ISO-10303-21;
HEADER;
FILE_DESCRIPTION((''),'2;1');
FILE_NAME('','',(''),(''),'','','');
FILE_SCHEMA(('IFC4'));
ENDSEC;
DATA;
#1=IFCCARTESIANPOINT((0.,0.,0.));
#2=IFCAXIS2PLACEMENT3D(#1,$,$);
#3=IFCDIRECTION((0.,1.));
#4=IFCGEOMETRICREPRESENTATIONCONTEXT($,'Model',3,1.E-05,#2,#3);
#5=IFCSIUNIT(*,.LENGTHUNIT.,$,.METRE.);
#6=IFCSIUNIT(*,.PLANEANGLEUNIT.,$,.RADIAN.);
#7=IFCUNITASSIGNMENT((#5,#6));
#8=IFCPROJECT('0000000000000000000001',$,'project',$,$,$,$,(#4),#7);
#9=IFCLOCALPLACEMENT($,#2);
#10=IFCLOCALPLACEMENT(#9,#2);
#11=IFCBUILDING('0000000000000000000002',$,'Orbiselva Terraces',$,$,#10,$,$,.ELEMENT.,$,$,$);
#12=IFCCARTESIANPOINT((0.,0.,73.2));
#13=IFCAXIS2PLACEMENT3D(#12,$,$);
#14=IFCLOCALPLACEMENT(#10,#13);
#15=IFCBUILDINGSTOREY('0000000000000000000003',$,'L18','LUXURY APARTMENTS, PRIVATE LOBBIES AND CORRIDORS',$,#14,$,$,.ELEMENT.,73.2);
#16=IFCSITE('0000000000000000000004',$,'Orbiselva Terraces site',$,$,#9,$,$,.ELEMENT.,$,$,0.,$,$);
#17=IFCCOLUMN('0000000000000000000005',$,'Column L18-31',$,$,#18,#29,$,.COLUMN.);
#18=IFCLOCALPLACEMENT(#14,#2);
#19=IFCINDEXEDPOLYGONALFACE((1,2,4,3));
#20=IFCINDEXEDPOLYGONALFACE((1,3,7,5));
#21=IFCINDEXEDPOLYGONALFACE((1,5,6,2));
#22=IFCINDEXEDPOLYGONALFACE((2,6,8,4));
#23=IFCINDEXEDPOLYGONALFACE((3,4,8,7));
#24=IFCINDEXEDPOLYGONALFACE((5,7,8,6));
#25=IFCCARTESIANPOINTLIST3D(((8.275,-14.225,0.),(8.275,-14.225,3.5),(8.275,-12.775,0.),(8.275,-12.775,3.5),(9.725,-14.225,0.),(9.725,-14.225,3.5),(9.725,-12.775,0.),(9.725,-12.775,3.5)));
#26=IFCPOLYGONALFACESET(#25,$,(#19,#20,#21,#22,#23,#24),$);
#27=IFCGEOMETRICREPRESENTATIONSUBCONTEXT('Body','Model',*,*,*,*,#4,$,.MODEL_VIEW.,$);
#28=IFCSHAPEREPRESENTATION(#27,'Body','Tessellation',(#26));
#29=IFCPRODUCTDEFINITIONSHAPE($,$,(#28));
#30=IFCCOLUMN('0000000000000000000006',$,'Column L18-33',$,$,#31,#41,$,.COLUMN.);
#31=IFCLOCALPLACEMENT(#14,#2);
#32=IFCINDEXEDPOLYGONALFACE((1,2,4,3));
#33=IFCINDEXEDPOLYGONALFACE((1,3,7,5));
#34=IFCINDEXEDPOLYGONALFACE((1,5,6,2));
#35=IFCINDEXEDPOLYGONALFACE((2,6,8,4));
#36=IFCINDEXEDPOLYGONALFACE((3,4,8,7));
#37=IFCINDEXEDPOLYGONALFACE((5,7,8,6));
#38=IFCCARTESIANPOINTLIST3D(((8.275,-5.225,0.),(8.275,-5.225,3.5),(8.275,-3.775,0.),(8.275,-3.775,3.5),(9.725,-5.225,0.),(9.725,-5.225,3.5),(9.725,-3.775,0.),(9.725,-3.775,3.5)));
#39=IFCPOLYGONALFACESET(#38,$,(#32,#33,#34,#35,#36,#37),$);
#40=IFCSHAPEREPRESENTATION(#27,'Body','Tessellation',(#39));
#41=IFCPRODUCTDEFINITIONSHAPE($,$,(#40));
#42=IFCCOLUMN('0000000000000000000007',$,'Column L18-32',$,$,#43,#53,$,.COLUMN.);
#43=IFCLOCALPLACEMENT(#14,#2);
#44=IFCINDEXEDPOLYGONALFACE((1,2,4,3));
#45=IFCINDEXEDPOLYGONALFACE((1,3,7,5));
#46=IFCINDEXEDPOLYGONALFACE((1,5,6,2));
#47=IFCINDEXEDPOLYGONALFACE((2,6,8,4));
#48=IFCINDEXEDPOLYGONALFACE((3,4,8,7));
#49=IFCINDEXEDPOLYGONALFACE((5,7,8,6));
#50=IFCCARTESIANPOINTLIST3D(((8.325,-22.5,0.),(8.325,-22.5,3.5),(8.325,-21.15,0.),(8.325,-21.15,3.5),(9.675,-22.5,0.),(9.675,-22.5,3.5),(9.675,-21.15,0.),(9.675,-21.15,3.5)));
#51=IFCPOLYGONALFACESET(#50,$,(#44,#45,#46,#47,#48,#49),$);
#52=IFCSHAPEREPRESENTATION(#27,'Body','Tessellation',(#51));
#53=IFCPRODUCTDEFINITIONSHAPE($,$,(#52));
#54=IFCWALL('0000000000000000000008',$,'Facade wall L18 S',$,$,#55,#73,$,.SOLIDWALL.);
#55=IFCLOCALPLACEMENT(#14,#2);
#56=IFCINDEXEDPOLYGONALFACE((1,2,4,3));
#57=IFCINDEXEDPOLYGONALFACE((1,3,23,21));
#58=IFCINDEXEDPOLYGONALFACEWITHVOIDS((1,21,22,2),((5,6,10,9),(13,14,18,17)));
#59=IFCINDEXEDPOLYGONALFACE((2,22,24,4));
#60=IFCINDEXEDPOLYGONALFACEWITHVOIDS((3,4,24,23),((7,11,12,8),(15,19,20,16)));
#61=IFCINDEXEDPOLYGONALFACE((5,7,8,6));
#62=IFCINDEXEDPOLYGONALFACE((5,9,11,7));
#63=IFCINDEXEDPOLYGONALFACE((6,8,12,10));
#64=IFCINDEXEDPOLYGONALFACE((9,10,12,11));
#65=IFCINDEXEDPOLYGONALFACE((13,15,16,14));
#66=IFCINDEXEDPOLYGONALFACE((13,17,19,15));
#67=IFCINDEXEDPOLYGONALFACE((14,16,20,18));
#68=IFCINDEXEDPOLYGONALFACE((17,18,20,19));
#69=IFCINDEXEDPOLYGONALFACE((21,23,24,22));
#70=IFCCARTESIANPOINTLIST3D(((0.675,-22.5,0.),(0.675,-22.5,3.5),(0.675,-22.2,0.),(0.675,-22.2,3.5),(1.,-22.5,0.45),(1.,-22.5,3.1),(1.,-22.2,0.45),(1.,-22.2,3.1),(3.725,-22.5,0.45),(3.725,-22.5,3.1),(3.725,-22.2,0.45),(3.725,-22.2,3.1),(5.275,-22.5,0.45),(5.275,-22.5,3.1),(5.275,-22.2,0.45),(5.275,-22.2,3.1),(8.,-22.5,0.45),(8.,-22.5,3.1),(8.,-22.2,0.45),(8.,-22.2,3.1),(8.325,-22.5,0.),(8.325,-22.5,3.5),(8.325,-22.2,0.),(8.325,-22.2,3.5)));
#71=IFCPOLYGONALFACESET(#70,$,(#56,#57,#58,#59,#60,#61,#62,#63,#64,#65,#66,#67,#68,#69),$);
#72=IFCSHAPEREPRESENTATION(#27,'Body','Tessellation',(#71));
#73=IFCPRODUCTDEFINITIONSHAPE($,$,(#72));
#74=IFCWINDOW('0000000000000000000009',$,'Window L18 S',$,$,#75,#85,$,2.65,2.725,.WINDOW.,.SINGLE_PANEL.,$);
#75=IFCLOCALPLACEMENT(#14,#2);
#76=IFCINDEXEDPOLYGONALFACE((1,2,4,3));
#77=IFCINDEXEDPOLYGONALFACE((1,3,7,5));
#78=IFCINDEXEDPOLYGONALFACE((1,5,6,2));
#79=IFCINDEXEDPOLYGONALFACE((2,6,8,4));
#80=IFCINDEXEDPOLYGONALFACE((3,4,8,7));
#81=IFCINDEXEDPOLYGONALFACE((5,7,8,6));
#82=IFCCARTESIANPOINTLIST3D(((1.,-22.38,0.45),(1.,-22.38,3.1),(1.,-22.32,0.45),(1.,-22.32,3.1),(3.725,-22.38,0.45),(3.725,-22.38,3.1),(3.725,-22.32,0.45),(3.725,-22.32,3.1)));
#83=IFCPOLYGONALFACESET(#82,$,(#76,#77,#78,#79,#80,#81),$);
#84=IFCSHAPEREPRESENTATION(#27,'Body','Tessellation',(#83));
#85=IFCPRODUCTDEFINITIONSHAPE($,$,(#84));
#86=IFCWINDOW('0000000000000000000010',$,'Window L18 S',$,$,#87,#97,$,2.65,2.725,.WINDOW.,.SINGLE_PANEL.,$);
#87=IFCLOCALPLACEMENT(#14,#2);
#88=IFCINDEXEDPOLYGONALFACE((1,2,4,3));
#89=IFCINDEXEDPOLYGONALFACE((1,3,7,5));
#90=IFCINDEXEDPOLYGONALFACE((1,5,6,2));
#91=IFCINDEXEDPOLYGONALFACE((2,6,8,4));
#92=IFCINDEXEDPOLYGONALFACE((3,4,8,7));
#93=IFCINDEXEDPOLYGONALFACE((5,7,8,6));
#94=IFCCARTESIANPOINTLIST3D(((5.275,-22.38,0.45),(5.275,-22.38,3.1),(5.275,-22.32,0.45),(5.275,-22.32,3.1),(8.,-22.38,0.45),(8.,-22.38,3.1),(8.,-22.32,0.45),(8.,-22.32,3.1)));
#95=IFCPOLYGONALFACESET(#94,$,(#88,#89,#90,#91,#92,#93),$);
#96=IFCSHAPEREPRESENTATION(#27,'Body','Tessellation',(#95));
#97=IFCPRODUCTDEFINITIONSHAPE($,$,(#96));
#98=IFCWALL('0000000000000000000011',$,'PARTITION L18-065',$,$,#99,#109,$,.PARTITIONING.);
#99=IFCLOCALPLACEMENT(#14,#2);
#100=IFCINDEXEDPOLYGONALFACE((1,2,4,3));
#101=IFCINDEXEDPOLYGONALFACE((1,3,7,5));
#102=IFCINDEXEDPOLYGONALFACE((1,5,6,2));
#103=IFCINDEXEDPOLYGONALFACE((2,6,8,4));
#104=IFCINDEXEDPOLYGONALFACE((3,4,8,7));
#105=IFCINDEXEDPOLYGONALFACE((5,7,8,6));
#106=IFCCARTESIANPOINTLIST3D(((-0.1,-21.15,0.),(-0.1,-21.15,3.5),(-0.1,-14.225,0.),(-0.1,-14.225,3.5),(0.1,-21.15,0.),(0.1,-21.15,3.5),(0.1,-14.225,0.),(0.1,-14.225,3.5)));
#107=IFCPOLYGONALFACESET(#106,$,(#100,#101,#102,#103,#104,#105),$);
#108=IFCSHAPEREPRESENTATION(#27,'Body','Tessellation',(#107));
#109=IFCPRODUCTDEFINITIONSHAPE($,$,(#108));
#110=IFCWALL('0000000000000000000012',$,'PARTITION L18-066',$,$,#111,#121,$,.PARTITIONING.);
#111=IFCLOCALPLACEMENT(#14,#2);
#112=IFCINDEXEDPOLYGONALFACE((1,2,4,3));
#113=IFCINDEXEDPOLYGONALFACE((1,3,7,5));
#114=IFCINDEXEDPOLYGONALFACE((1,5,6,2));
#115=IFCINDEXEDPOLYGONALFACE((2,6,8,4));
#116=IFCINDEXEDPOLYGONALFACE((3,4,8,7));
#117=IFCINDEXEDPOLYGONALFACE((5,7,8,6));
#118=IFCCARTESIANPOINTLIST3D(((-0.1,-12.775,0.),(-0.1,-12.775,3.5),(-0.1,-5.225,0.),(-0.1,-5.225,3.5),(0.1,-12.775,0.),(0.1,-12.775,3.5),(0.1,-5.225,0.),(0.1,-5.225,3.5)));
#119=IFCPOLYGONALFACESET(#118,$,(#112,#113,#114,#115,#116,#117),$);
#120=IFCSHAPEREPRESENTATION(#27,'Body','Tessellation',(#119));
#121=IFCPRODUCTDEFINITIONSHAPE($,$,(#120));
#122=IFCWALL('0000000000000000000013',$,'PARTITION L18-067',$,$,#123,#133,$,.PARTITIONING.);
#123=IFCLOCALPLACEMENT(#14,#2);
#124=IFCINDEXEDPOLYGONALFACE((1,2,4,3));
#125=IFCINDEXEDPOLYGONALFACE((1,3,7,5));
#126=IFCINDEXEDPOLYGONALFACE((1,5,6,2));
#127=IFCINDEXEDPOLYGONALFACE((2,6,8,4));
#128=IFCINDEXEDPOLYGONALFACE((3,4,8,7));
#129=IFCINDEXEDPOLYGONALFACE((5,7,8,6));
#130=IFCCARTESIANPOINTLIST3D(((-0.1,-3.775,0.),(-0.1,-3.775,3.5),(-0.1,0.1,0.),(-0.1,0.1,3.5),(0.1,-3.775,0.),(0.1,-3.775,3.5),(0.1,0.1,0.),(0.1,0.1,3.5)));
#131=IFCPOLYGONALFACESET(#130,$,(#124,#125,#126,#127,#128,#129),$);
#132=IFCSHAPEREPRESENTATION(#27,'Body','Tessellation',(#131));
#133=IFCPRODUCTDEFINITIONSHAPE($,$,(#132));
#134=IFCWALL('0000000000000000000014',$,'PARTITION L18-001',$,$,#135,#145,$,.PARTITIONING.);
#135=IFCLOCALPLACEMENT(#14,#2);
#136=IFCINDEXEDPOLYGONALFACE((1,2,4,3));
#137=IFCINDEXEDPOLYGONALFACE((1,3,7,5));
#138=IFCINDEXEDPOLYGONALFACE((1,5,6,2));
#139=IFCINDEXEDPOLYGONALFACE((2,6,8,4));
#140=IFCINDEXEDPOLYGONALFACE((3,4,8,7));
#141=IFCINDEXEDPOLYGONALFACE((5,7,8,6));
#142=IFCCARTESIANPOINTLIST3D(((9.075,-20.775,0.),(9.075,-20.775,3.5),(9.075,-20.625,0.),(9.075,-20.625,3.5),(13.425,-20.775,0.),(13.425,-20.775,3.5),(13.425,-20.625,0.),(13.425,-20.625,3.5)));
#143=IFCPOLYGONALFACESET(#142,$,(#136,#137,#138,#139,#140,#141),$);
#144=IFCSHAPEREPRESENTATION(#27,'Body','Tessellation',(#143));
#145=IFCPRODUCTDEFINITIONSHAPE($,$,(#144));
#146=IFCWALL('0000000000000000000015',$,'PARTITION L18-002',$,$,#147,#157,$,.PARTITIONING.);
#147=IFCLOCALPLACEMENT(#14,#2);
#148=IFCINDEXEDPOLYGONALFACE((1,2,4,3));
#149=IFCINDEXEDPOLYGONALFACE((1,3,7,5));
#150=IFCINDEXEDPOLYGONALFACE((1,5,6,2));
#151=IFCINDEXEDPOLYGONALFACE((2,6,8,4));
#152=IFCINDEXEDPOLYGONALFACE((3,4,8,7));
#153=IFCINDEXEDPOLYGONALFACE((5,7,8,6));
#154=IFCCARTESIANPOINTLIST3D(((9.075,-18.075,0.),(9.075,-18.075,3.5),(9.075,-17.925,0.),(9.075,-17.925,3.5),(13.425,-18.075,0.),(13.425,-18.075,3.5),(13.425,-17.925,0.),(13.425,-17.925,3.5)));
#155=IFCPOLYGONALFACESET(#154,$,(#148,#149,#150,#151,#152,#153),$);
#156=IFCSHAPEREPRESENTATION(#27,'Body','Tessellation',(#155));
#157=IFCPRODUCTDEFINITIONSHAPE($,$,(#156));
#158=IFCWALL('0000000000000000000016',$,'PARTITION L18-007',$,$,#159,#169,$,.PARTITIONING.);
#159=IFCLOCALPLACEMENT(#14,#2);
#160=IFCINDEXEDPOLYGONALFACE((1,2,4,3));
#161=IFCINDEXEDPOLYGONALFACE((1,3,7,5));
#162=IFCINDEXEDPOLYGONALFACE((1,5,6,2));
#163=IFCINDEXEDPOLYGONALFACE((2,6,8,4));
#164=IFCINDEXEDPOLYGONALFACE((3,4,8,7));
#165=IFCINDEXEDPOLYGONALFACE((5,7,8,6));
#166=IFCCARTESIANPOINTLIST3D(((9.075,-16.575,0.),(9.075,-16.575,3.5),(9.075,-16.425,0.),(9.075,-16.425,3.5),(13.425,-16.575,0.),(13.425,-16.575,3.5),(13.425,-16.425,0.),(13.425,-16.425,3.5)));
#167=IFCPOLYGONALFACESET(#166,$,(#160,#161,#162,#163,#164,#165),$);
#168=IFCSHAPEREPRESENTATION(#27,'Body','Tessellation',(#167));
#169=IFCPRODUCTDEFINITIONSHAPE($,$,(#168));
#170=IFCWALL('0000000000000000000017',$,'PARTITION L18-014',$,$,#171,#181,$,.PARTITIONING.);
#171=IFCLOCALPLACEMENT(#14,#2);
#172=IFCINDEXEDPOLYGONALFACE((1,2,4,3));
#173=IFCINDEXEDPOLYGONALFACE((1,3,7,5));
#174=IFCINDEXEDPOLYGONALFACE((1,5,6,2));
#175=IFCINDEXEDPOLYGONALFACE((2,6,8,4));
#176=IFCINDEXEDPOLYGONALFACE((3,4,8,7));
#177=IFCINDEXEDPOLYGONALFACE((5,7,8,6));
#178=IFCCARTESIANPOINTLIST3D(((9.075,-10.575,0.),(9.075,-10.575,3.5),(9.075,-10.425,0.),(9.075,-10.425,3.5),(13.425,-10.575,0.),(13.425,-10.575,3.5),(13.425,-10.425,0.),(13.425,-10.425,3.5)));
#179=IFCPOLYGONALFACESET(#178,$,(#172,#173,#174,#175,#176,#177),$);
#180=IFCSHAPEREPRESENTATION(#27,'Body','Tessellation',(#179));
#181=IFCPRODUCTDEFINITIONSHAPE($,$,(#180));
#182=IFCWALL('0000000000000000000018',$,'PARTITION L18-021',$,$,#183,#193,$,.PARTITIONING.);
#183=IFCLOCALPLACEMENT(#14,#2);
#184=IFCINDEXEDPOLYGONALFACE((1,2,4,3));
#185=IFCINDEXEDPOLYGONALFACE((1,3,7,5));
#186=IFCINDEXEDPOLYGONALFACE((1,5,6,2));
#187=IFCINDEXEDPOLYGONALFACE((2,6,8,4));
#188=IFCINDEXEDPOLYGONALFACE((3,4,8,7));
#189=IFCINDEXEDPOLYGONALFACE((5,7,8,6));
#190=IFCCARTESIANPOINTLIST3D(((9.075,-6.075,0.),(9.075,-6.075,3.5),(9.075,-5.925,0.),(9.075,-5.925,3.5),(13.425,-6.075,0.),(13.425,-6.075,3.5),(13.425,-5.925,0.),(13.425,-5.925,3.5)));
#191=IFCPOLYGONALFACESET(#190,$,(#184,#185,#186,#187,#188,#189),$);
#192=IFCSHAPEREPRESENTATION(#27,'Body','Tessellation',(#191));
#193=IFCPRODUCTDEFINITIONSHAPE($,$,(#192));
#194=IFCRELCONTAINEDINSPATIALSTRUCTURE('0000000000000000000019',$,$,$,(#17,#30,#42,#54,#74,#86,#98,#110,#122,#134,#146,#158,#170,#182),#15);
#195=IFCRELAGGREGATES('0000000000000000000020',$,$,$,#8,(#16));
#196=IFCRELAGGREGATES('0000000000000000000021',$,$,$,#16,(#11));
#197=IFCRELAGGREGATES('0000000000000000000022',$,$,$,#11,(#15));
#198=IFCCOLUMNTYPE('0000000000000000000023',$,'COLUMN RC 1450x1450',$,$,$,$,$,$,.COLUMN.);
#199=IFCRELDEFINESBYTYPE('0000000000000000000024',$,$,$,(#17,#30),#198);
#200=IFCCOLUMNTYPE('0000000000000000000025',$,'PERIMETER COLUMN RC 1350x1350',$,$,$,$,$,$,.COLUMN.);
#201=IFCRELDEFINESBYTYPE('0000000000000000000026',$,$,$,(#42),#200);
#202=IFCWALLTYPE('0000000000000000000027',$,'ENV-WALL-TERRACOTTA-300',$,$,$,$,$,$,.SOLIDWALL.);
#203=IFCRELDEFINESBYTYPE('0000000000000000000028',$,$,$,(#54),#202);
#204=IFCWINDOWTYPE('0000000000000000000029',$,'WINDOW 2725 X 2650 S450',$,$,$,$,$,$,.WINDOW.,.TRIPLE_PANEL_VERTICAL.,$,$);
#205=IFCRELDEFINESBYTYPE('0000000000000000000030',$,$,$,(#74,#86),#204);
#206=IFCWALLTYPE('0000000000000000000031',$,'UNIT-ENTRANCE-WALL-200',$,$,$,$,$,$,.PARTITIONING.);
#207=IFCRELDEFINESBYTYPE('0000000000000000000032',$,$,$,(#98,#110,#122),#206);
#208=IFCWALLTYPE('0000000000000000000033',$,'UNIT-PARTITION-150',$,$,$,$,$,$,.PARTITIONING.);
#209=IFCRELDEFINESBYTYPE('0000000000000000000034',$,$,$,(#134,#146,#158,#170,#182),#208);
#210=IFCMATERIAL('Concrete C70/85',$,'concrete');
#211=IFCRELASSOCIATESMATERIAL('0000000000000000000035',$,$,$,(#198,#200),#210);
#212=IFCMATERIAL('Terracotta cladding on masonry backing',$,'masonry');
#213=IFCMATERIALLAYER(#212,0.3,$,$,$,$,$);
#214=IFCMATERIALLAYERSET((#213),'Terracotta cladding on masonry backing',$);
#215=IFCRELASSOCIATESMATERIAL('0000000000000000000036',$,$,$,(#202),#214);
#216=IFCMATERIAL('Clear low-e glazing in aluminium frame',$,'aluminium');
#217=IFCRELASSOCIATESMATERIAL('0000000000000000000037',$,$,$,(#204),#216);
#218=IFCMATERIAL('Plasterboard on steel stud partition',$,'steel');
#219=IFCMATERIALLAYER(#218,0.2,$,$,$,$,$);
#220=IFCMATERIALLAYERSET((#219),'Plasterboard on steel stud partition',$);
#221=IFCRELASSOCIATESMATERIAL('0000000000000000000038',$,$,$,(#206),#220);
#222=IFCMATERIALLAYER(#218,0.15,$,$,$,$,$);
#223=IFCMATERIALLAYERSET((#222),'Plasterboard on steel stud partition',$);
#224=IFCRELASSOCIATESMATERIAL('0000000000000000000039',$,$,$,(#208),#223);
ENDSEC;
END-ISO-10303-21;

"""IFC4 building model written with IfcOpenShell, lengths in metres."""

from ifc_helpers import new_model, si_unit, direction, frame, frame_2d, origin, origin_2d, place, context, subcontext, project, spatial, rectangle, extrude, material, layer, layer_set, material_profile, profile_set, type_object, element, fill, save


model = new_model("IFC4")

# Units and contexts
model_context = context("Model", 3, precision=1e-05, world=origin(), true_north=direction((0.0, 1.0)))
body_context = subcontext(model_context, "Body", "Model", "MODEL_VIEW")
ifc_project = project(units=[si_unit("LENGTHUNIT", "METRE"), si_unit("PLANEANGLEUNIT", "RADIAN")], contexts=[model_context])

# Site, building, storey
site_placement = place(None, origin())
site = spatial("IfcSite", under=ifc_project, at=site_placement, Name="Orbiselva Terraces site", CompositionType="ELEMENT", RefElevation=0.0)
building_placement = place(site_placement, origin())
building = spatial("IfcBuilding", under=site, at=building_placement, Name="Orbiselva Terraces", CompositionType="ELEMENT")
storey_placement = place(building_placement, frame((0.0, 0.0, 73.2)))
storey = spatial("IfcBuildingStorey", under=building, at=storey_placement, Name="L18", Description="LUXURY APARTMENTS, PRIVATE LOBBIES AND CORRIDORS", CompositionType="ELEMENT", Elevation=73.2)

# Columns
ifc_material_1 = material(Name="Concrete C70/85", Category="concrete")
ifc_material_profile_1 = material_profile(ifc_material_1, rectangle(XDim=1.45, YDim=1.45, at=origin_2d()), Name="RC 1450x1450")
ifc_profile_set_1 = profile_set([ifc_material_profile_1], Name="Concrete C70/85")
column_type_1 = type_object("IfcColumnType", Name="COLUMN RC 1450x1450", PredefinedType="COLUMN", material=ifc_profile_set_1)
for number, where, z_axis, x_axis, name in (
    (1, (9.0, -13.5, 0.0), (0.0, 0.0, 1.0), (1.0, 0.0, 0.0), "Column L18-31"),
    (2, (9.0, -4.5, 0.0), (0.0, 0.0, 1.0), (1.0, 0.0, 0.0), "Column L18-33"),
):
    element("IfcColumn", number, at=place(storey_placement, frame(where, z_axis=z_axis, x_axis=x_axis)), inside=storey, type_object=column_type_1, Name=name, PredefinedType="COLUMN", context=body_context, shape_type="SweptSolid", body=[
        extrude(rectangle(XDim=1.45, YDim=1.45, at=origin_2d()), origin(), (0.0, 0.0, 1.0), 3.5),
    ])
ifc_material_profile_2 = material_profile(ifc_material_1, rectangle(XDim=1.35, YDim=1.35, at=origin_2d()), Name="RC 1350x1350")
ifc_profile_set_2 = profile_set([ifc_material_profile_2], Name="Concrete C70/85")
column_type_2 = type_object("IfcColumnType", Name="PERIMETER COLUMN RC 1350x1350", PredefinedType="COLUMN", material=ifc_profile_set_2)
column_placement = place(storey_placement, frame((9.0, -21.825, 0.0), z_axis=(0.0, 0.0, 1.0), x_axis=(1.0, 0.0, 0.0)))
element("IfcColumn", 3, at=column_placement, inside=storey, type_object=column_type_2, Name="Column L18-32", PredefinedType="COLUMN", context=body_context, shape_type="SweptSolid", body=[
    extrude(rectangle(XDim=1.35, YDim=1.35, at=origin_2d()), origin(), (0.0, 0.0, 1.0), 3.5),
])

# Wall, openings, windows
ifc_material_2 = material(Name="Terracotta cladding on masonry backing", Category="masonry")
ifc_layer_1 = layer(ifc_material_2, 0.3)
ifc_layer_set_1 = layer_set([ifc_layer_1], Name="Terracotta cladding on masonry backing")
wall_type_1 = type_object("IfcWallType", Name="ENV-WALL-TERRACOTTA-300", PredefinedType="SOLIDWALL", material=ifc_layer_set_1)
wall_1_placement = place(storey_placement, frame((8.325, -22.35, 0.0), z_axis=(0.0, 0.0, 1.0), x_axis=(-1.0, 0.0, 0.0)))
wall_1 = element("IfcWall", 4, at=wall_1_placement, inside=storey, type_object=wall_type_1, Name="Facade wall L18 S", PredefinedType="SOLIDWALL", context=body_context, shape_type="SweptSolid", body=[
    extrude(rectangle(XDim=7.65, YDim=0.3, at=frame_2d((3.825, 0.0))), origin(), (0.0, 0.0, 1.0), 3.5),
])
opening_1_placement = place(wall_1_placement, frame((4.6, 0.0, 0.45)))
opening_1 = element("IfcOpeningElement", 5, at=opening_1_placement, cuts=wall_1, PredefinedType="OPENING", context=body_context, shape_type="SweptSolid", body=[
    extrude(rectangle(XDim=2.725, YDim=2.65, at=frame_2d((1.3625, 1.325))), frame((0.0, 0.16, 0.0), z_axis=(0.0, -1.0, 0.0), x_axis=(1.0, 0.0, 0.0)), (0.0, 0.0, 1.0), 0.32),
])
opening_2_placement = place(wall_1_placement, frame((0.325, 0.0, 0.45)))
opening_2 = element("IfcOpeningElement", 6, at=opening_2_placement, cuts=wall_1, PredefinedType="OPENING", context=body_context, shape_type="SweptSolid", body=[
    extrude(rectangle(XDim=2.725, YDim=2.65, at=frame_2d((1.3625, 1.325))), frame((0.0, 0.16, 0.0), z_axis=(0.0, -1.0, 0.0), x_axis=(1.0, 0.0, 0.0)), (0.0, 0.0, 1.0), 0.32),
])
ifc_material_3 = material(Name="Clear low-e glazing in aluminium frame", Category="aluminium")
window_type = type_object("IfcWindowType", Name="WINDOW 2725 X 2650 S450", PartitioningType="TRIPLE_PANEL_VERTICAL", PredefinedType="WINDOW", material=ifc_material_3)
window_1_placement = place(opening_1_placement, origin())
window_1 = element("IfcWindow", 7, at=window_1_placement, inside=storey, type_object=window_type, Name="Window L18 S", OverallHeight=2.65, OverallWidth=2.725, PartitioningType="SINGLE_PANEL", PredefinedType="WINDOW", context=body_context, shape_type="SweptSolid", body=[
    extrude(rectangle(XDim=2.725, YDim=2.65, at=frame_2d((1.3625, 1.325))), frame((0.0, 0.03, 0.0), z_axis=(0.0, -1.0, 0.0), x_axis=(1.0, 0.0, 0.0)), (0.0, 0.0, 1.0), 0.06),
])
fill(opening_1, window_1)
window_2_placement = place(opening_2_placement, origin())
window_2 = element("IfcWindow", 8, at=window_2_placement, inside=storey, type_object=window_type, Name="Window L18 S", OverallHeight=2.65, OverallWidth=2.725, PartitioningType="SINGLE_PANEL", PredefinedType="WINDOW", context=body_context, shape_type="SweptSolid", body=[
    extrude(rectangle(XDim=2.725, YDim=2.65, at=frame_2d((1.3625, 1.325))), frame((0.0, 0.03, 0.0), z_axis=(0.0, -1.0, 0.0), x_axis=(1.0, 0.0, 0.0)), (0.0, 0.0, 1.0), 0.06),
])
fill(opening_2, window_2)

# Walls
ifc_material_4 = material(Name="Plasterboard on steel stud partition", Category="steel")
ifc_layer_2 = layer(ifc_material_4, 0.2)
ifc_layer_set_2 = layer_set([ifc_layer_2], Name="Plasterboard on steel stud partition")
wall_type_2 = type_object("IfcWallType", Name="UNIT-ENTRANCE-WALL-200", PredefinedType="PARTITIONING", material=ifc_layer_set_2)
wall_2_placement = place(storey_placement, frame((0.0, -21.15, 0.0), z_axis=(0.0, 0.0, 1.0), x_axis=(0.0, 1.0, 0.0)))
element("IfcWall", 9, at=wall_2_placement, inside=storey, type_object=wall_type_2, Name="PARTITION L18-065", PredefinedType="PARTITIONING", context=body_context, shape_type="SweptSolid", body=[
    extrude(rectangle(XDim=6.925, YDim=0.2, at=frame_2d((3.4625, 0.0))), origin(), (0.0, 0.0, 1.0), 3.5),
])
wall_3_placement = place(storey_placement, frame((0.0, -12.775, 0.0), z_axis=(0.0, 0.0, 1.0), x_axis=(0.0, 1.0, 0.0)))
element("IfcWall", 10, at=wall_3_placement, inside=storey, type_object=wall_type_2, Name="PARTITION L18-066", PredefinedType="PARTITIONING", context=body_context, shape_type="SweptSolid", body=[
    extrude(rectangle(XDim=7.55, YDim=0.2, at=frame_2d((3.775, 0.0))), origin(), (0.0, 0.0, 1.0), 3.5),
])
wall_4_placement = place(storey_placement, frame((0.0, -3.775, 0.0), z_axis=(0.0, 0.0, 1.0), x_axis=(0.0, 1.0, 0.0)))
element("IfcWall", 11, at=wall_4_placement, inside=storey, type_object=wall_type_2, Name="PARTITION L18-067", PredefinedType="PARTITIONING", context=body_context, shape_type="SweptSolid", body=[
    extrude(rectangle(XDim=3.875, YDim=0.2, at=frame_2d((1.9375, 0.0))), origin(), (0.0, 0.0, 1.0), 3.5),
])
ifc_layer_3 = layer(ifc_material_4, 0.15)
ifc_layer_set_3 = layer_set([ifc_layer_3], Name="Plasterboard on steel stud partition")
wall_type_3 = type_object("IfcWallType", Name="UNIT-PARTITION-150", PredefinedType="PARTITIONING", material=ifc_layer_set_3)
for number, where, z_axis, x_axis, name in (
    (12, (9.075, -20.7, 0.0), (0.0, 0.0, 1.0), (1.0, 0.0, 0.0), "PARTITION L18-001"),
    (13, (9.075, -18.0, 0.0), (0.0, 0.0, 1.0), (1.0, 0.0, 0.0), "PARTITION L18-002"),
    (14, (9.075, -16.5, 0.0), (0.0, 0.0, 1.0), (1.0, 0.0, 0.0), "PARTITION L18-007"),
    (15, (9.075, -10.5, 0.0), (0.0, 0.0, 1.0), (1.0, 0.0, 0.0), "PARTITION L18-014"),
    (16, (9.075, -6.0, 0.0), (0.0, 0.0, 1.0), (1.0, 0.0, 0.0), "PARTITION L18-021"),
):
    element("IfcWall", number, at=place(storey_placement, frame(where, z_axis=z_axis, x_axis=x_axis)), inside=storey, type_object=wall_type_3, Name=name, PredefinedType="PARTITIONING", context=body_context, shape_type="SweptSolid", body=[
        extrude(rectangle(XDim=4.35, YDim=0.15, at=frame_2d((2.175, 0.0))), origin(), (0.0, 0.0, 1.0), 3.5),
    ])

save(model, "model.ifc")
